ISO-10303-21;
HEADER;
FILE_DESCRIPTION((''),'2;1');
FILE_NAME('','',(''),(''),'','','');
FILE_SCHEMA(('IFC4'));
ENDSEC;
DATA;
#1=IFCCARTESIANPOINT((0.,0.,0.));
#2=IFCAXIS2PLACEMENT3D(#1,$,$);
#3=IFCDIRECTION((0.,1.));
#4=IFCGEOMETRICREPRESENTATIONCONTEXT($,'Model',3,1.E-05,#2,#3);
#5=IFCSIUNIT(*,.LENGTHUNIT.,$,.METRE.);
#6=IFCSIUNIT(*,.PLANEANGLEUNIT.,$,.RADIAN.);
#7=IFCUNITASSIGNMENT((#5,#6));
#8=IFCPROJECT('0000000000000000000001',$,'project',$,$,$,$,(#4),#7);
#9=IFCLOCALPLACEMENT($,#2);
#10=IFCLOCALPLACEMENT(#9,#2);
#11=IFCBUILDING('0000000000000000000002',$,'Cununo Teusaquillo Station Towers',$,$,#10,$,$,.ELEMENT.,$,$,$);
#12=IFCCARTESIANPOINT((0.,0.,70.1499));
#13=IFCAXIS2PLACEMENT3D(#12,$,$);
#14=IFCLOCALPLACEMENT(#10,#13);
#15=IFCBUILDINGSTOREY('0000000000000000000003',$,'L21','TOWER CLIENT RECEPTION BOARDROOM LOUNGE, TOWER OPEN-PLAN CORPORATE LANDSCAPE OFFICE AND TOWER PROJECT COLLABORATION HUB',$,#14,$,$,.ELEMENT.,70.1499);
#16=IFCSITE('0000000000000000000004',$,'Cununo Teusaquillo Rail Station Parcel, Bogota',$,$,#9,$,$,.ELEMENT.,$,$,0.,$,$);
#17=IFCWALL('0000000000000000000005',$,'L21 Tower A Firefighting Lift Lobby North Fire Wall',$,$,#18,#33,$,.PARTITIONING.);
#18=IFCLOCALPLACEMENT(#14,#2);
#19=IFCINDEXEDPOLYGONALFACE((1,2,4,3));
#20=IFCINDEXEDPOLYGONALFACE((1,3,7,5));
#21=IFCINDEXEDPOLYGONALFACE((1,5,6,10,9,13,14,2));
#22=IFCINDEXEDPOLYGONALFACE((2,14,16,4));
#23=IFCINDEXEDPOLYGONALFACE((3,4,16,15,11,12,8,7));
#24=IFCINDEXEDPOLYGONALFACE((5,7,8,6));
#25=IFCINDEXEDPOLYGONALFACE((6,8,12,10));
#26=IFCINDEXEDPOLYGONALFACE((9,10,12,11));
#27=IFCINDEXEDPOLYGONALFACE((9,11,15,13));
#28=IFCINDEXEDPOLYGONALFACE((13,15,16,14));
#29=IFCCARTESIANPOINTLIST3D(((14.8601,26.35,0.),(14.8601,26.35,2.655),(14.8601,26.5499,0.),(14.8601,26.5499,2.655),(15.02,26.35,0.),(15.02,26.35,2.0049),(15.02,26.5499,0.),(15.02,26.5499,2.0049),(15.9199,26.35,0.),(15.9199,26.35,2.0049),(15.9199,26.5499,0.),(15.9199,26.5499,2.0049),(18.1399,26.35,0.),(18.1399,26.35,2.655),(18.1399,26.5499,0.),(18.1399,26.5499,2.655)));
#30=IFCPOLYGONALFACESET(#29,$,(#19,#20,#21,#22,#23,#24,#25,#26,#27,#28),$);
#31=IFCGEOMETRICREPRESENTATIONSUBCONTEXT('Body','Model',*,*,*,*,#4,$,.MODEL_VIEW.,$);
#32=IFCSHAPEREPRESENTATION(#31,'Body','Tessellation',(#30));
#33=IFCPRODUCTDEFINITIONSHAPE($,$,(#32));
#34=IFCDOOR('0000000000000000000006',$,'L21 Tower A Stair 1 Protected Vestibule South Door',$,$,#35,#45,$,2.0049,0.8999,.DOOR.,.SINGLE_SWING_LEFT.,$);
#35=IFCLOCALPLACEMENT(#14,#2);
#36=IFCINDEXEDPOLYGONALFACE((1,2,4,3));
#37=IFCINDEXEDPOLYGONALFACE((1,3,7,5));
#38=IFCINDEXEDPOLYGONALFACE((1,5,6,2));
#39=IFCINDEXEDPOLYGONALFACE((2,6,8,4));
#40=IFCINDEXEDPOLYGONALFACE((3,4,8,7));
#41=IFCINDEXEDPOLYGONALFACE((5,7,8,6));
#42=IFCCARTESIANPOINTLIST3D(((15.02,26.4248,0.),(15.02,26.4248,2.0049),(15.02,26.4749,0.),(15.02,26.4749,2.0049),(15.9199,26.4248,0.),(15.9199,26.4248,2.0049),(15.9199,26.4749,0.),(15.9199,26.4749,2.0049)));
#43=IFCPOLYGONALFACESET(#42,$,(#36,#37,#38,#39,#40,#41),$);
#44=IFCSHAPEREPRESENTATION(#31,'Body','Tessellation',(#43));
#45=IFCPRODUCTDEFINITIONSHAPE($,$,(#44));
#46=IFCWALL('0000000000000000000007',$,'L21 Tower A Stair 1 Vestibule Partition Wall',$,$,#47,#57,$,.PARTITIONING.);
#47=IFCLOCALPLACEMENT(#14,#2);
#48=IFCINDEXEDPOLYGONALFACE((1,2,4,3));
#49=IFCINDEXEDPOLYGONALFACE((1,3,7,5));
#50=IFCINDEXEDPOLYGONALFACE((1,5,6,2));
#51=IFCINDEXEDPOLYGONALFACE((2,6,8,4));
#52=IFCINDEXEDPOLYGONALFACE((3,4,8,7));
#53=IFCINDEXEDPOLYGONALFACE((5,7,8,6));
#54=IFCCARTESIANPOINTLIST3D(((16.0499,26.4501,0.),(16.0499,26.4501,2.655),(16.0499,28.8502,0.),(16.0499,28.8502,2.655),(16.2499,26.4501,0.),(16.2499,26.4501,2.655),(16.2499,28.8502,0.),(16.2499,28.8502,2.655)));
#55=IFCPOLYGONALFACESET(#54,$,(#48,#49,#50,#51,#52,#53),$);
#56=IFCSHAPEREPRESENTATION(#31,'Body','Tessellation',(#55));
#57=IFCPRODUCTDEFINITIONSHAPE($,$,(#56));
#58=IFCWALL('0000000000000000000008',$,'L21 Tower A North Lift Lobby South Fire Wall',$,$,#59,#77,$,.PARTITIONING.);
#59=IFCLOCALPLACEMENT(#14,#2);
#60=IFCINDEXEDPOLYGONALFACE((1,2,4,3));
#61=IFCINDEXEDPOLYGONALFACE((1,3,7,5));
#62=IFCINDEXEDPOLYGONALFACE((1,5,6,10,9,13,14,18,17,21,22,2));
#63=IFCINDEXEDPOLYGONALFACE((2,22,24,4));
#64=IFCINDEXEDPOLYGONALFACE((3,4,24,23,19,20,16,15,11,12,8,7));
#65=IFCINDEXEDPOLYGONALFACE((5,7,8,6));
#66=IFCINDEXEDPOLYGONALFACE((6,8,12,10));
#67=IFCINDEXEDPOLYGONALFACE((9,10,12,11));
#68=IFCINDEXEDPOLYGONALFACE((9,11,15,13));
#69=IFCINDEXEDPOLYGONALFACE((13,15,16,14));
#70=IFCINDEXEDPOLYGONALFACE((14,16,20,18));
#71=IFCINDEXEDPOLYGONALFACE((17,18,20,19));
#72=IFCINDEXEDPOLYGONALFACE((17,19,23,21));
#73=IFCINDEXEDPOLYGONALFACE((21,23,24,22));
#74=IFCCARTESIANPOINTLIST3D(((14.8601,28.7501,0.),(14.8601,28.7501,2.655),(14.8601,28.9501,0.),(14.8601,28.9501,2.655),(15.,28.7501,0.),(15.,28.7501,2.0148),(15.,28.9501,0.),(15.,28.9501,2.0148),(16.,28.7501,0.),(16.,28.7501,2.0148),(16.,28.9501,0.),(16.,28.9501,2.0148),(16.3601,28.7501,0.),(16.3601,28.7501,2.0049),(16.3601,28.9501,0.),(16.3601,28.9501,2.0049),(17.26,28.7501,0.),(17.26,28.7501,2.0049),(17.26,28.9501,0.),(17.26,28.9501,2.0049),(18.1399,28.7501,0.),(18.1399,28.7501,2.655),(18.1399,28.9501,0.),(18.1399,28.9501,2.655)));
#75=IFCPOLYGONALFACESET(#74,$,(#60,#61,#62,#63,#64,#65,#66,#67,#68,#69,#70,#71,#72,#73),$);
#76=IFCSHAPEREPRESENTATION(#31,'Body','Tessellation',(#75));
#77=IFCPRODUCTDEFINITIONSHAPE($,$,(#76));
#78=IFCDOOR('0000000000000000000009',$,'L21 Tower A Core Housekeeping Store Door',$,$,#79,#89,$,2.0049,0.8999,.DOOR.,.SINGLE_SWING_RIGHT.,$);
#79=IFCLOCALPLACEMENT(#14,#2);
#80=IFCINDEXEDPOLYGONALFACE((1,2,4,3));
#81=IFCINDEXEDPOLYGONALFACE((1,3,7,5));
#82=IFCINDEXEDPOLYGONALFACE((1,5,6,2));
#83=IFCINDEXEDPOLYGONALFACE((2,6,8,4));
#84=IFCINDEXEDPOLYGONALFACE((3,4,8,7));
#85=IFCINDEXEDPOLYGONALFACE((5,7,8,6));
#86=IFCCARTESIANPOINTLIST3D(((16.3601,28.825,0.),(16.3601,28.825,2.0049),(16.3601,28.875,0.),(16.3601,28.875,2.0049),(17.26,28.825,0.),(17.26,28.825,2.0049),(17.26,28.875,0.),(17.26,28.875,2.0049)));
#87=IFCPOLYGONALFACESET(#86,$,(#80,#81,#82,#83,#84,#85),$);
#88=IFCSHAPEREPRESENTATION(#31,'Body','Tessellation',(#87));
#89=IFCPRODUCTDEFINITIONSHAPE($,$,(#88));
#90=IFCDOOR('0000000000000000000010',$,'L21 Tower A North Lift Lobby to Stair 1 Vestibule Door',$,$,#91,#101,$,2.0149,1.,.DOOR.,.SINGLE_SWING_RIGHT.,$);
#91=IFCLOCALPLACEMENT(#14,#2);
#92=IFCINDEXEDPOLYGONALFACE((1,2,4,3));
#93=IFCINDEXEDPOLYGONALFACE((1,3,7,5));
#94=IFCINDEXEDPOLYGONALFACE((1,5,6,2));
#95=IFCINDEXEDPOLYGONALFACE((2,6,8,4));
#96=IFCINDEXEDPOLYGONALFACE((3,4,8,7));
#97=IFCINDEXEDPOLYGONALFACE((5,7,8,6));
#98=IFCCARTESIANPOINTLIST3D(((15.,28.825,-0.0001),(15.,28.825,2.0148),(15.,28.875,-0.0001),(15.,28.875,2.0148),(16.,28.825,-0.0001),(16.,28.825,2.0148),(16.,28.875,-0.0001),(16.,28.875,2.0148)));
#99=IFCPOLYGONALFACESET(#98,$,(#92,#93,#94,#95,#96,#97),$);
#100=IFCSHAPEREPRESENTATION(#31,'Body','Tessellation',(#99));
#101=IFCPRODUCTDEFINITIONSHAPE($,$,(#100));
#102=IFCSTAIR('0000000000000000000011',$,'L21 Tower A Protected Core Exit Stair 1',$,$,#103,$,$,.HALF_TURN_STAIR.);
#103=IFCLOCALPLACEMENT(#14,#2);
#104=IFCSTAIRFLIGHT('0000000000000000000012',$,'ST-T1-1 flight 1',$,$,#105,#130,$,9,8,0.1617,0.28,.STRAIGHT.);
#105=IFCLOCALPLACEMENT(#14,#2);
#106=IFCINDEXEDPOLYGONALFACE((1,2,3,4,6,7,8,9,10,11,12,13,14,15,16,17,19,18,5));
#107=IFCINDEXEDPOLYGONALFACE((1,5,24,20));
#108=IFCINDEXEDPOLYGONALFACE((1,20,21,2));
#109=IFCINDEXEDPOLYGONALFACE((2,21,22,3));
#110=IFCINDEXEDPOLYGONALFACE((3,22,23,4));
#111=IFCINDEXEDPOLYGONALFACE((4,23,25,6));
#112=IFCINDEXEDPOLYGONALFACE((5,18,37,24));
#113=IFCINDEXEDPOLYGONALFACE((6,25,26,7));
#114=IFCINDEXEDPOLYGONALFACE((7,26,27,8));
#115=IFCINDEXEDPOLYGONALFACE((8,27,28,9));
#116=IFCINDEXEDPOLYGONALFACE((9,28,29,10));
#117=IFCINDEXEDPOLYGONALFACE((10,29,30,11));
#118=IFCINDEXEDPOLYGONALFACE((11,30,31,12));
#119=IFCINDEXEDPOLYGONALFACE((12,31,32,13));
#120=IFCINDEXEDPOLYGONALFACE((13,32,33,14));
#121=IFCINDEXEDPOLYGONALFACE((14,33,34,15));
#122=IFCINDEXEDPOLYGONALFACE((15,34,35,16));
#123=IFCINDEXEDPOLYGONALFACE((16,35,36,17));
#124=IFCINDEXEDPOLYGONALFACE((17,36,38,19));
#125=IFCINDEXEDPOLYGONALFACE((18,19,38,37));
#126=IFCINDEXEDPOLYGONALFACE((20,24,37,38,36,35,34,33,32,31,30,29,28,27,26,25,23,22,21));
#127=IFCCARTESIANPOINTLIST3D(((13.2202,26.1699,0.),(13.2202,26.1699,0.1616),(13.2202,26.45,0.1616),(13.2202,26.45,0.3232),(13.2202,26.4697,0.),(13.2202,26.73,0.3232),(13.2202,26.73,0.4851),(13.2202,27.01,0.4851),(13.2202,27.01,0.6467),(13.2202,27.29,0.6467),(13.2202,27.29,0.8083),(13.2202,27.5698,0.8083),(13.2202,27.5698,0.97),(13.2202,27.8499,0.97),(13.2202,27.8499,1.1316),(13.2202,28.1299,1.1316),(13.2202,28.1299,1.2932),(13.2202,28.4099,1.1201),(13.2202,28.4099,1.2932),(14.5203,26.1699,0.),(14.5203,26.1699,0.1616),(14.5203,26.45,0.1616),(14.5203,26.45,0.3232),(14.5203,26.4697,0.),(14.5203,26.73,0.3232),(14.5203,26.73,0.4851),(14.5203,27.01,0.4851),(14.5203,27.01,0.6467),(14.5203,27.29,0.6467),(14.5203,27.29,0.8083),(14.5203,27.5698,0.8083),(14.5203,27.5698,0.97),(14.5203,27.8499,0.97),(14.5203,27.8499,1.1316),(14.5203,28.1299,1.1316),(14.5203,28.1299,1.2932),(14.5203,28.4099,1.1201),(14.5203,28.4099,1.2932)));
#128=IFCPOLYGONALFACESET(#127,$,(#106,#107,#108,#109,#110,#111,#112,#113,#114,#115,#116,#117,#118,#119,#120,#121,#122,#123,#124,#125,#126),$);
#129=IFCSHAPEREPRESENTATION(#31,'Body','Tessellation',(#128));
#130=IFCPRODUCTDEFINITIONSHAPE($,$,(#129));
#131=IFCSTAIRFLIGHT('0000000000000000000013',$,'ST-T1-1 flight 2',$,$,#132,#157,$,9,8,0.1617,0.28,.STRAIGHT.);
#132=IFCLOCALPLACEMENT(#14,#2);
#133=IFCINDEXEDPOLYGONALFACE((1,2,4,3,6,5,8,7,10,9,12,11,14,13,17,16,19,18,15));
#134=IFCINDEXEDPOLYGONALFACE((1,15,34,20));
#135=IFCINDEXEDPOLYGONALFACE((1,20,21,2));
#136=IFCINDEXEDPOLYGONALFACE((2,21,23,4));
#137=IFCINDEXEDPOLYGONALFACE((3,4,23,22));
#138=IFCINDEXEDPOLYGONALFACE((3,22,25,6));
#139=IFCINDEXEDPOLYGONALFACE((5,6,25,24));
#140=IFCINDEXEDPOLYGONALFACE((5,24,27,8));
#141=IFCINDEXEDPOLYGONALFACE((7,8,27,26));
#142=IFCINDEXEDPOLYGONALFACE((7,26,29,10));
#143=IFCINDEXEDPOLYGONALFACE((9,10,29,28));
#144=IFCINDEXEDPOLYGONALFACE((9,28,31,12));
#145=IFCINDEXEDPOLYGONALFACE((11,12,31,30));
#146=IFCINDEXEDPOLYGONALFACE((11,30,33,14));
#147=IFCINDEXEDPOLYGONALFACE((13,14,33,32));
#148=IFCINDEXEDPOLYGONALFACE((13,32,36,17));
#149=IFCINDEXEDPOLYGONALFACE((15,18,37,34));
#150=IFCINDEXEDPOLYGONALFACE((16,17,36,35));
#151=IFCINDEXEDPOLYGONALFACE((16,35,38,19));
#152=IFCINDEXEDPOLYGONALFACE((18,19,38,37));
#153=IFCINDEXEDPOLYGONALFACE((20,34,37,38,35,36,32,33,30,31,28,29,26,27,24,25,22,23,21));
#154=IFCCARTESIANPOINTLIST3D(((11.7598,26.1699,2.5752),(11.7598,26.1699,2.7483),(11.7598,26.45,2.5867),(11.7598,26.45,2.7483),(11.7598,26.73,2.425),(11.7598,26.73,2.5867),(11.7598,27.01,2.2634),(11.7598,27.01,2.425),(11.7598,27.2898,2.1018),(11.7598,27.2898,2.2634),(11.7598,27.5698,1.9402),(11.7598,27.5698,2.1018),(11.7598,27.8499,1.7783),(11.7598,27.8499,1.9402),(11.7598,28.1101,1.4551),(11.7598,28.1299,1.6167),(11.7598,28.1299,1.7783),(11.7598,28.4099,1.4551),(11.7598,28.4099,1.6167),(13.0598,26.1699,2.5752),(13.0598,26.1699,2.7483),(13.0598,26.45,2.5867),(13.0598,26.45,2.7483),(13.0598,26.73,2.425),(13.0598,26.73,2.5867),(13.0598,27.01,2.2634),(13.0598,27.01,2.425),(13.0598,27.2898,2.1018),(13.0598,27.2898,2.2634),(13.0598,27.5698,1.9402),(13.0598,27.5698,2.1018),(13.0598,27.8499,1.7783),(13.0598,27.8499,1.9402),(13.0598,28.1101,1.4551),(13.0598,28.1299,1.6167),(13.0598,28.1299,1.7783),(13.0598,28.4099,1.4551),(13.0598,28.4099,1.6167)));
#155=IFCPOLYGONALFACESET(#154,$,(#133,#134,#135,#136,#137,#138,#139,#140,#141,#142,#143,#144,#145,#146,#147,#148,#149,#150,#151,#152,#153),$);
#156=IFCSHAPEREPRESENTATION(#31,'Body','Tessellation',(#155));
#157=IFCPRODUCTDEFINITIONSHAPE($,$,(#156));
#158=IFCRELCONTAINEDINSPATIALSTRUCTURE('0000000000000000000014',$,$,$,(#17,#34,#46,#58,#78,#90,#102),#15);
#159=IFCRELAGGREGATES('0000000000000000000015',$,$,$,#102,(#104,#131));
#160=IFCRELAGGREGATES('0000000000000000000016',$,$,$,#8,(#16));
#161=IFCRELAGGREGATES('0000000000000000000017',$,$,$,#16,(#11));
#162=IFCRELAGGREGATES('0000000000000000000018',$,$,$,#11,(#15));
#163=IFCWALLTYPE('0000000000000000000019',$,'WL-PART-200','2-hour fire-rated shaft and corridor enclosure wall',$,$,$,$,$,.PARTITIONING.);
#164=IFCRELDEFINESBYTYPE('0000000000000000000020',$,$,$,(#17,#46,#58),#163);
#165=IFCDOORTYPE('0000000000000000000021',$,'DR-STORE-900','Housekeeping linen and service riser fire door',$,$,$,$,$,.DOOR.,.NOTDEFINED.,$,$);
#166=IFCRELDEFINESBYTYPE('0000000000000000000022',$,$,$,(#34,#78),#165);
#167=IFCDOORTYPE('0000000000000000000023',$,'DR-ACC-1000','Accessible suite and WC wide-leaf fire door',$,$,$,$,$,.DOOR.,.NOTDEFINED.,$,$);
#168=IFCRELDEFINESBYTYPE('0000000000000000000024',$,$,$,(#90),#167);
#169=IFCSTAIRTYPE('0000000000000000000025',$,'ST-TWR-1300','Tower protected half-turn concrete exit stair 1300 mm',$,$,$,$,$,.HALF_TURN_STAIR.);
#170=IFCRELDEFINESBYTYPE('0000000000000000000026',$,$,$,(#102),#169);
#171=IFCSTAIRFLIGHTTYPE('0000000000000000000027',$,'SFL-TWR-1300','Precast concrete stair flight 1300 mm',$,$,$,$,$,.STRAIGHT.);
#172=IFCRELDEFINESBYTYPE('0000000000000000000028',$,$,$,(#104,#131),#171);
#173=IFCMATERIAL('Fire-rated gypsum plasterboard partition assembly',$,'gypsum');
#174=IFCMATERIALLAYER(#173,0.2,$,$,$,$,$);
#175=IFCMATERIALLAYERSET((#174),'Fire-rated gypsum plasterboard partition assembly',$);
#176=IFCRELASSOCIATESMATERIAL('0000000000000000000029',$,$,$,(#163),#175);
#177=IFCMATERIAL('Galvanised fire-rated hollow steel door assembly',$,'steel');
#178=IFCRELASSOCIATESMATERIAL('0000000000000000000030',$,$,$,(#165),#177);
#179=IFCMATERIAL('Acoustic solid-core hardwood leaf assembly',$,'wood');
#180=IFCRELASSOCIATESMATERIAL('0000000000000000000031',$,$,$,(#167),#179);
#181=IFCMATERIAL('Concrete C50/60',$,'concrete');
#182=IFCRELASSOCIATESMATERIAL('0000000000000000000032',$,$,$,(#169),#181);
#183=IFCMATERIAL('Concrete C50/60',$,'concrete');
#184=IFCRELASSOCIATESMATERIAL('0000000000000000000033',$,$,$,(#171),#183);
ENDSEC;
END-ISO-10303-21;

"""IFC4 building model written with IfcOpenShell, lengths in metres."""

from ifc_helpers import new_model, si_unit, direction, frame, frame_2d, origin, place, context, subcontext, project, spatial, polyline, rectangle, outline, extrude, source, transform, mapped, material, layer, layer_set, type_object, element, fill, aggregate, save


model = new_model("IFC4")

# Units and contexts
model_context = context("Model", 3, precision=1e-05, world=origin(), true_north=direction((0.0, 1.0)))
body_context = subcontext(model_context, "Body", "Model", "MODEL_VIEW")
ifc_project = project(units=[si_unit("LENGTHUNIT", "METRE"), si_unit("PLANEANGLEUNIT", "RADIAN")], contexts=[model_context])

# Site, building, storey
site_placement = place(None, origin())
site = spatial("IfcSite", under=ifc_project, at=site_placement, Name="Cununo Teusaquillo Rail Station Parcel, Bogota", CompositionType="ELEMENT", RefElevation=0.0)
building_placement = place(site_placement, origin())
building = spatial("IfcBuilding", under=site, at=building_placement, Name="Cununo Teusaquillo Station Towers", CompositionType="ELEMENT")
storey_placement = place(building_placement, frame((0.0, 0.0, 70.1499)))
storey = spatial("IfcBuildingStorey", under=building, at=storey_placement, Name="L21", Description="TOWER CLIENT RECEPTION BOARDROOM LOUNGE, TOWER OPEN-PLAN CORPORATE LANDSCAPE OFFICE AND TOWER PROJECT COLLABORATION HUB", CompositionType="ELEMENT", Elevation=70.1499)

# Wall, opening, door
ifc_material_1 = material(Name="Fire-rated gypsum plasterboard partition assembly", Category="gypsum")
ifc_layer_1 = layer(ifc_material_1, 0.2)
ifc_layer_set_1 = layer_set([ifc_layer_1], Name="Fire-rated gypsum plasterboard partition assembly")
wall_type_1 = type_object("IfcWallType", Name="WL-PART-200", Description="2-hour fire-rated shaft and corridor enclosure wall", PredefinedType="PARTITIONING", material=ifc_layer_set_1)
wall_1_placement = place(storey_placement, frame((14.8601, 26.45, 0.0), z_axis=(0.0, 0.0, 1.0), x_axis=(1.0, 0.0, 0.0)))
wall_1 = element("IfcWall", 1, at=wall_1_placement, inside=storey, type_object=wall_type_1, Name="L21 Tower A Firefighting Lift Lobby North Fire Wall", PredefinedType="PARTITIONING", context=body_context, shape_type="SweptSolid", body=[
    extrude(rectangle(XDim=3.2798, YDim=0.2, at=frame_2d((1.6399, 0.0))), origin(), (0.0, 0.0, 1.0), 2.655),
])
shared_shape_1 = source(origin(), body_context, "Body", "SweptSolid", [
    extrude(rectangle(XDim=0.8999, YDim=2.0049, at=frame_2d((0.45, 1.0024))), frame((0.0, 0.1099, 0.0), z_axis=(0.0, -1.0, 0.0), x_axis=(1.0, 0.0, 0.0)), (0.0, 0.0, 1.0), 0.22),
])
opening_1_placement = place(wall_1_placement, frame((0.1599, 0.0, 0.0)))
opening_1 = element("IfcOpeningElement", 2, at=opening_1_placement, cuts=wall_1, PredefinedType="OPENING", context=body_context, shape_type="MappedRepresentation", body=[
    mapped(shared_shape_1, transform((0.0, 0.0, 0.0), x_axis=(1.0, 0.0, 0.0), y_axis=(0.0, 1.0, 0.0), z_axis=(0.0, 0.0, 1.0), scale=1.0)),
])
ifc_material_2 = material(Name="Galvanised fire-rated hollow steel door assembly", Category="steel")
door_type_1 = type_object("IfcDoorType", Name="DR-STORE-900", Description="Housekeeping linen and service riser fire door", OperationType="NOTDEFINED", PredefinedType="DOOR", material=ifc_material_2)
shared_shape_2 = source(origin(), body_context, "Body", "SweptSolid", [
    extrude(rectangle(XDim=0.8999, YDim=2.0049, at=frame_2d((0.45, 1.0024))), frame((0.0, 0.0249, 0.0), z_axis=(0.0, -1.0, 0.0), x_axis=(1.0, 0.0, 0.0)), (0.0, 0.0, 1.0), 0.05),
])
door_1_placement = place(opening_1_placement, origin())
door_1 = element("IfcDoor", 3, at=door_1_placement, inside=storey, type_object=door_type_1, Name="L21 Tower A Stair 1 Protected Vestibule South Door", OperationType="SINGLE_SWING_LEFT", OverallHeight=2.0049, OverallWidth=0.8999, PredefinedType="DOOR", context=body_context, shape_type="MappedRepresentation", body=[
    mapped(shared_shape_2, transform((0.0, 0.0, 0.0), x_axis=(1.0, 0.0, 0.0), y_axis=(0.0, 1.0, 0.0), z_axis=(0.0, 0.0, 1.0), scale=1.0)),
])
fill(opening_1, door_1)

# Wall
wall_2_placement = place(storey_placement, frame((16.1499, 26.45, 0.0), z_axis=(0.0, 0.0, 1.0), x_axis=(0.0, 1.0, 0.0)))
element("IfcWall", 4, at=wall_2_placement, inside=storey, type_object=wall_type_1, Name="L21 Tower A Stair 1 Vestibule Partition Wall", PredefinedType="PARTITIONING", context=body_context, shape_type="SweptSolid", body=[
    extrude(rectangle(XDim=2.4001, YDim=0.2, at=frame_2d((1.2002, 0.0))), origin(), (0.0, 0.0, 1.0), 2.655),
])

# Wall, openings, doors
wall_3_placement = place(storey_placement, frame((14.8601, 28.8501, 0.0), z_axis=(0.0, 0.0, 1.0), x_axis=(1.0, 0.0, 0.0)))
wall_3 = element("IfcWall", 5, at=wall_3_placement, inside=storey, type_object=wall_type_1, Name="L21 Tower A North Lift Lobby South Fire Wall", PredefinedType="PARTITIONING", context=body_context, shape_type="SweptSolid", body=[
    extrude(rectangle(XDim=3.2798, YDim=0.2, at=frame_2d((1.6399, 0.0))), origin(), (0.0, 0.0, 1.0), 2.655),
])
shared_shape_3 = source(origin(), body_context, "Body", "SweptSolid", [
    extrude(rectangle(XDim=1.0, YDim=2.0149, at=frame_2d((0.5, 1.0073))), frame((0.0, 0.1099, 0.0), z_axis=(0.0, -1.0, 0.0), x_axis=(1.0, 0.0, 0.0)), (0.0, 0.0, 1.0), 0.22),
])
opening_2_placement = place(wall_3_placement, frame((0.1399, 0.0, 0.0)))
opening_2 = element("IfcOpeningElement", 6, at=opening_2_placement, cuts=wall_3, PredefinedType="OPENING", context=body_context, shape_type="MappedRepresentation", body=[
    mapped(shared_shape_3, transform((0.0, 0.0, 0.0), x_axis=(1.0, 0.0, 0.0), y_axis=(0.0, 1.0, 0.0), z_axis=(0.0, 0.0, 1.0), scale=1.0)),
])
opening_3_placement = place(wall_3_placement, frame((1.5, 0.0, 0.0)))
opening_3 = element("IfcOpeningElement", 7, at=opening_3_placement, cuts=wall_3, PredefinedType="OPENING", context=body_context, shape_type="MappedRepresentation", body=[
    mapped(shared_shape_1, transform((0.0, 0.0, 0.0), x_axis=(1.0, 0.0, 0.0), y_axis=(0.0, 1.0, 0.0), z_axis=(0.0, 0.0, 1.0), scale=1.0)),
])
door_2_placement = place(opening_3_placement, origin())
door_2 = element("IfcDoor", 8, at=door_2_placement, inside=storey, type_object=door_type_1, Name="L21 Tower A Core Housekeeping Store Door", OperationType="SINGLE_SWING_RIGHT", OverallHeight=2.0049, OverallWidth=0.8999, PredefinedType="DOOR", context=body_context, shape_type="MappedRepresentation", body=[
    mapped(shared_shape_2, transform((0.0, 0.0, 0.0), x_axis=(1.0, 0.0, 0.0), y_axis=(0.0, 1.0, 0.0), z_axis=(0.0, 0.0, 1.0), scale=1.0)),
])
fill(opening_3, door_2)
ifc_material_3 = material(Name="Acoustic solid-core hardwood leaf assembly", Category="wood")
door_type_2 = type_object("IfcDoorType", Name="DR-ACC-1000", Description="Accessible suite and WC wide-leaf fire door", OperationType="NOTDEFINED", PredefinedType="DOOR", material=ifc_material_3)
shared_shape_4 = source(origin(), body_context, "Body", "SweptSolid", [
    extrude(rectangle(XDim=1.0, YDim=2.0149, at=frame_2d((0.5, 1.0073))), frame((0.0, 0.0249, 0.0), z_axis=(0.0, -1.0, 0.0), x_axis=(1.0, 0.0, 0.0)), (0.0, 0.0, 1.0), 0.05),
])
door_3_placement = place(opening_2_placement, origin())
door_3 = element("IfcDoor", 9, at=door_3_placement, inside=storey, type_object=door_type_2, Name="L21 Tower A North Lift Lobby to Stair 1 Vestibule Door", OperationType="SINGLE_SWING_RIGHT", OverallHeight=2.0149, OverallWidth=1.0, PredefinedType="DOOR", context=body_context, shape_type="MappedRepresentation", body=[
    mapped(shared_shape_4, transform((0.0, 0.0, 0.0), x_axis=(1.0, 0.0, 0.0), y_axis=(0.0, 1.0, 0.0), z_axis=(0.0, 0.0, 1.0), scale=1.0)),
])
fill(opening_2, door_3)

# Stair, stair flights
ifc_material_4 = material(Name="Concrete C50/60", Category="concrete")
stair_type = type_object("IfcStairType", Name="ST-TWR-1300", Description="Tower protected half-turn concrete exit stair 1300 mm", PredefinedType="HALF_TURN_STAIR", material=ifc_material_4)
stair_placement = place(storey_placement, origin())
stair = element("IfcStair", 10, at=stair_placement, inside=storey, type_object=stair_type, Name="L21 Tower A Protected Core Exit Stair 1", PredefinedType="HALF_TURN_STAIR")
ifc_material_5 = material(Name="Concrete C50/60", Category="concrete")
stair_flight_type = type_object("IfcStairFlightType", Name="SFL-TWR-1300", Description="Precast concrete stair flight 1300 mm", PredefinedType="STRAIGHT", material=ifc_material_5)
stair_flight_1_placement = place(storey_placement, frame((13.8701, 26.1699, 0.0), z_axis=(0.0, 0.0, 1.0), x_axis=(0.0, 1.0, 0.0)))
stair_flight_1 = element("IfcStairFlight", 11, at=stair_flight_1_placement, type_object=stair_flight_type, Name="ST-T1-1 flight 1", NumberOfRisers=9, NumberOfTreads=8, PredefinedType="STRAIGHT", RiserHeight=0.1617, TreadLength=0.28, context=body_context, shape_type="SweptSolid", body=[
    extrude(outline(polyline([(0.0, 0.0), (0.0, 0.1616), (0.28, 0.1616), (0.28, 0.3232), (0.5601, 0.3232), (0.5601, 0.4851), (0.8401, 0.4851), (0.8401, 0.6467), (1.1201, 0.6467), (1.1201, 0.8083), (1.3999, 0.8083), (1.3999, 0.97), (1.6799, 0.97), (1.6799, 1.1316), (1.96, 1.1316), (1.96, 1.2932), (2.24, 1.2932), (2.24, 1.4551), (2.24, 1.1201), (0.2998, 0.0), (0.0, 0.0)])), frame((0.0, 0.6499, 0.0), z_axis=(0.0, -1.0, 0.0), x_axis=(1.0, 0.0, 0.0)), (0.0, 0.0, 1.0), 1.3),
])
stair_flight_2_placement = place(storey_placement, frame((12.4099, 28.4099, 1.4551), z_axis=(0.0, 0.0, 1.0), x_axis=(0.0, -1.0, 0.0)))
stair_flight_2 = element("IfcStairFlight", 12, at=stair_flight_2_placement, type_object=stair_flight_type, Name="ST-T1-1 flight 2", NumberOfRisers=9, NumberOfTreads=8, PredefinedType="STRAIGHT", RiserHeight=0.1617, TreadLength=0.28, context=body_context, shape_type="SweptSolid", body=[
    extrude(outline(polyline([(0.0, 0.0), (0.0, 0.1616), (0.28, 0.1616), (0.28, 0.3232), (0.5601, 0.3232), (0.5601, 0.4851), (0.8401, 0.4851), (0.8401, 0.6467), (1.1201, 0.6467), (1.1201, 0.8083), (1.3999, 0.8083), (1.3999, 0.97), (1.6799, 0.97), (1.6799, 1.1316), (1.96, 1.1316), (1.96, 1.2932), (2.24, 1.2932), (2.24, 1.4551), (2.24, 1.1201), (0.2998, 0.0), (0.0, 0.0)])), frame((0.0, 0.6499, 0.0), z_axis=(0.0, -1.0, 0.0), x_axis=(1.0, 0.0, 0.0)), (0.0, 0.0, 1.0), 1.3),
])
aggregate(stair, [stair_flight_1, stair_flight_2])

save(model, "model.ifc")
